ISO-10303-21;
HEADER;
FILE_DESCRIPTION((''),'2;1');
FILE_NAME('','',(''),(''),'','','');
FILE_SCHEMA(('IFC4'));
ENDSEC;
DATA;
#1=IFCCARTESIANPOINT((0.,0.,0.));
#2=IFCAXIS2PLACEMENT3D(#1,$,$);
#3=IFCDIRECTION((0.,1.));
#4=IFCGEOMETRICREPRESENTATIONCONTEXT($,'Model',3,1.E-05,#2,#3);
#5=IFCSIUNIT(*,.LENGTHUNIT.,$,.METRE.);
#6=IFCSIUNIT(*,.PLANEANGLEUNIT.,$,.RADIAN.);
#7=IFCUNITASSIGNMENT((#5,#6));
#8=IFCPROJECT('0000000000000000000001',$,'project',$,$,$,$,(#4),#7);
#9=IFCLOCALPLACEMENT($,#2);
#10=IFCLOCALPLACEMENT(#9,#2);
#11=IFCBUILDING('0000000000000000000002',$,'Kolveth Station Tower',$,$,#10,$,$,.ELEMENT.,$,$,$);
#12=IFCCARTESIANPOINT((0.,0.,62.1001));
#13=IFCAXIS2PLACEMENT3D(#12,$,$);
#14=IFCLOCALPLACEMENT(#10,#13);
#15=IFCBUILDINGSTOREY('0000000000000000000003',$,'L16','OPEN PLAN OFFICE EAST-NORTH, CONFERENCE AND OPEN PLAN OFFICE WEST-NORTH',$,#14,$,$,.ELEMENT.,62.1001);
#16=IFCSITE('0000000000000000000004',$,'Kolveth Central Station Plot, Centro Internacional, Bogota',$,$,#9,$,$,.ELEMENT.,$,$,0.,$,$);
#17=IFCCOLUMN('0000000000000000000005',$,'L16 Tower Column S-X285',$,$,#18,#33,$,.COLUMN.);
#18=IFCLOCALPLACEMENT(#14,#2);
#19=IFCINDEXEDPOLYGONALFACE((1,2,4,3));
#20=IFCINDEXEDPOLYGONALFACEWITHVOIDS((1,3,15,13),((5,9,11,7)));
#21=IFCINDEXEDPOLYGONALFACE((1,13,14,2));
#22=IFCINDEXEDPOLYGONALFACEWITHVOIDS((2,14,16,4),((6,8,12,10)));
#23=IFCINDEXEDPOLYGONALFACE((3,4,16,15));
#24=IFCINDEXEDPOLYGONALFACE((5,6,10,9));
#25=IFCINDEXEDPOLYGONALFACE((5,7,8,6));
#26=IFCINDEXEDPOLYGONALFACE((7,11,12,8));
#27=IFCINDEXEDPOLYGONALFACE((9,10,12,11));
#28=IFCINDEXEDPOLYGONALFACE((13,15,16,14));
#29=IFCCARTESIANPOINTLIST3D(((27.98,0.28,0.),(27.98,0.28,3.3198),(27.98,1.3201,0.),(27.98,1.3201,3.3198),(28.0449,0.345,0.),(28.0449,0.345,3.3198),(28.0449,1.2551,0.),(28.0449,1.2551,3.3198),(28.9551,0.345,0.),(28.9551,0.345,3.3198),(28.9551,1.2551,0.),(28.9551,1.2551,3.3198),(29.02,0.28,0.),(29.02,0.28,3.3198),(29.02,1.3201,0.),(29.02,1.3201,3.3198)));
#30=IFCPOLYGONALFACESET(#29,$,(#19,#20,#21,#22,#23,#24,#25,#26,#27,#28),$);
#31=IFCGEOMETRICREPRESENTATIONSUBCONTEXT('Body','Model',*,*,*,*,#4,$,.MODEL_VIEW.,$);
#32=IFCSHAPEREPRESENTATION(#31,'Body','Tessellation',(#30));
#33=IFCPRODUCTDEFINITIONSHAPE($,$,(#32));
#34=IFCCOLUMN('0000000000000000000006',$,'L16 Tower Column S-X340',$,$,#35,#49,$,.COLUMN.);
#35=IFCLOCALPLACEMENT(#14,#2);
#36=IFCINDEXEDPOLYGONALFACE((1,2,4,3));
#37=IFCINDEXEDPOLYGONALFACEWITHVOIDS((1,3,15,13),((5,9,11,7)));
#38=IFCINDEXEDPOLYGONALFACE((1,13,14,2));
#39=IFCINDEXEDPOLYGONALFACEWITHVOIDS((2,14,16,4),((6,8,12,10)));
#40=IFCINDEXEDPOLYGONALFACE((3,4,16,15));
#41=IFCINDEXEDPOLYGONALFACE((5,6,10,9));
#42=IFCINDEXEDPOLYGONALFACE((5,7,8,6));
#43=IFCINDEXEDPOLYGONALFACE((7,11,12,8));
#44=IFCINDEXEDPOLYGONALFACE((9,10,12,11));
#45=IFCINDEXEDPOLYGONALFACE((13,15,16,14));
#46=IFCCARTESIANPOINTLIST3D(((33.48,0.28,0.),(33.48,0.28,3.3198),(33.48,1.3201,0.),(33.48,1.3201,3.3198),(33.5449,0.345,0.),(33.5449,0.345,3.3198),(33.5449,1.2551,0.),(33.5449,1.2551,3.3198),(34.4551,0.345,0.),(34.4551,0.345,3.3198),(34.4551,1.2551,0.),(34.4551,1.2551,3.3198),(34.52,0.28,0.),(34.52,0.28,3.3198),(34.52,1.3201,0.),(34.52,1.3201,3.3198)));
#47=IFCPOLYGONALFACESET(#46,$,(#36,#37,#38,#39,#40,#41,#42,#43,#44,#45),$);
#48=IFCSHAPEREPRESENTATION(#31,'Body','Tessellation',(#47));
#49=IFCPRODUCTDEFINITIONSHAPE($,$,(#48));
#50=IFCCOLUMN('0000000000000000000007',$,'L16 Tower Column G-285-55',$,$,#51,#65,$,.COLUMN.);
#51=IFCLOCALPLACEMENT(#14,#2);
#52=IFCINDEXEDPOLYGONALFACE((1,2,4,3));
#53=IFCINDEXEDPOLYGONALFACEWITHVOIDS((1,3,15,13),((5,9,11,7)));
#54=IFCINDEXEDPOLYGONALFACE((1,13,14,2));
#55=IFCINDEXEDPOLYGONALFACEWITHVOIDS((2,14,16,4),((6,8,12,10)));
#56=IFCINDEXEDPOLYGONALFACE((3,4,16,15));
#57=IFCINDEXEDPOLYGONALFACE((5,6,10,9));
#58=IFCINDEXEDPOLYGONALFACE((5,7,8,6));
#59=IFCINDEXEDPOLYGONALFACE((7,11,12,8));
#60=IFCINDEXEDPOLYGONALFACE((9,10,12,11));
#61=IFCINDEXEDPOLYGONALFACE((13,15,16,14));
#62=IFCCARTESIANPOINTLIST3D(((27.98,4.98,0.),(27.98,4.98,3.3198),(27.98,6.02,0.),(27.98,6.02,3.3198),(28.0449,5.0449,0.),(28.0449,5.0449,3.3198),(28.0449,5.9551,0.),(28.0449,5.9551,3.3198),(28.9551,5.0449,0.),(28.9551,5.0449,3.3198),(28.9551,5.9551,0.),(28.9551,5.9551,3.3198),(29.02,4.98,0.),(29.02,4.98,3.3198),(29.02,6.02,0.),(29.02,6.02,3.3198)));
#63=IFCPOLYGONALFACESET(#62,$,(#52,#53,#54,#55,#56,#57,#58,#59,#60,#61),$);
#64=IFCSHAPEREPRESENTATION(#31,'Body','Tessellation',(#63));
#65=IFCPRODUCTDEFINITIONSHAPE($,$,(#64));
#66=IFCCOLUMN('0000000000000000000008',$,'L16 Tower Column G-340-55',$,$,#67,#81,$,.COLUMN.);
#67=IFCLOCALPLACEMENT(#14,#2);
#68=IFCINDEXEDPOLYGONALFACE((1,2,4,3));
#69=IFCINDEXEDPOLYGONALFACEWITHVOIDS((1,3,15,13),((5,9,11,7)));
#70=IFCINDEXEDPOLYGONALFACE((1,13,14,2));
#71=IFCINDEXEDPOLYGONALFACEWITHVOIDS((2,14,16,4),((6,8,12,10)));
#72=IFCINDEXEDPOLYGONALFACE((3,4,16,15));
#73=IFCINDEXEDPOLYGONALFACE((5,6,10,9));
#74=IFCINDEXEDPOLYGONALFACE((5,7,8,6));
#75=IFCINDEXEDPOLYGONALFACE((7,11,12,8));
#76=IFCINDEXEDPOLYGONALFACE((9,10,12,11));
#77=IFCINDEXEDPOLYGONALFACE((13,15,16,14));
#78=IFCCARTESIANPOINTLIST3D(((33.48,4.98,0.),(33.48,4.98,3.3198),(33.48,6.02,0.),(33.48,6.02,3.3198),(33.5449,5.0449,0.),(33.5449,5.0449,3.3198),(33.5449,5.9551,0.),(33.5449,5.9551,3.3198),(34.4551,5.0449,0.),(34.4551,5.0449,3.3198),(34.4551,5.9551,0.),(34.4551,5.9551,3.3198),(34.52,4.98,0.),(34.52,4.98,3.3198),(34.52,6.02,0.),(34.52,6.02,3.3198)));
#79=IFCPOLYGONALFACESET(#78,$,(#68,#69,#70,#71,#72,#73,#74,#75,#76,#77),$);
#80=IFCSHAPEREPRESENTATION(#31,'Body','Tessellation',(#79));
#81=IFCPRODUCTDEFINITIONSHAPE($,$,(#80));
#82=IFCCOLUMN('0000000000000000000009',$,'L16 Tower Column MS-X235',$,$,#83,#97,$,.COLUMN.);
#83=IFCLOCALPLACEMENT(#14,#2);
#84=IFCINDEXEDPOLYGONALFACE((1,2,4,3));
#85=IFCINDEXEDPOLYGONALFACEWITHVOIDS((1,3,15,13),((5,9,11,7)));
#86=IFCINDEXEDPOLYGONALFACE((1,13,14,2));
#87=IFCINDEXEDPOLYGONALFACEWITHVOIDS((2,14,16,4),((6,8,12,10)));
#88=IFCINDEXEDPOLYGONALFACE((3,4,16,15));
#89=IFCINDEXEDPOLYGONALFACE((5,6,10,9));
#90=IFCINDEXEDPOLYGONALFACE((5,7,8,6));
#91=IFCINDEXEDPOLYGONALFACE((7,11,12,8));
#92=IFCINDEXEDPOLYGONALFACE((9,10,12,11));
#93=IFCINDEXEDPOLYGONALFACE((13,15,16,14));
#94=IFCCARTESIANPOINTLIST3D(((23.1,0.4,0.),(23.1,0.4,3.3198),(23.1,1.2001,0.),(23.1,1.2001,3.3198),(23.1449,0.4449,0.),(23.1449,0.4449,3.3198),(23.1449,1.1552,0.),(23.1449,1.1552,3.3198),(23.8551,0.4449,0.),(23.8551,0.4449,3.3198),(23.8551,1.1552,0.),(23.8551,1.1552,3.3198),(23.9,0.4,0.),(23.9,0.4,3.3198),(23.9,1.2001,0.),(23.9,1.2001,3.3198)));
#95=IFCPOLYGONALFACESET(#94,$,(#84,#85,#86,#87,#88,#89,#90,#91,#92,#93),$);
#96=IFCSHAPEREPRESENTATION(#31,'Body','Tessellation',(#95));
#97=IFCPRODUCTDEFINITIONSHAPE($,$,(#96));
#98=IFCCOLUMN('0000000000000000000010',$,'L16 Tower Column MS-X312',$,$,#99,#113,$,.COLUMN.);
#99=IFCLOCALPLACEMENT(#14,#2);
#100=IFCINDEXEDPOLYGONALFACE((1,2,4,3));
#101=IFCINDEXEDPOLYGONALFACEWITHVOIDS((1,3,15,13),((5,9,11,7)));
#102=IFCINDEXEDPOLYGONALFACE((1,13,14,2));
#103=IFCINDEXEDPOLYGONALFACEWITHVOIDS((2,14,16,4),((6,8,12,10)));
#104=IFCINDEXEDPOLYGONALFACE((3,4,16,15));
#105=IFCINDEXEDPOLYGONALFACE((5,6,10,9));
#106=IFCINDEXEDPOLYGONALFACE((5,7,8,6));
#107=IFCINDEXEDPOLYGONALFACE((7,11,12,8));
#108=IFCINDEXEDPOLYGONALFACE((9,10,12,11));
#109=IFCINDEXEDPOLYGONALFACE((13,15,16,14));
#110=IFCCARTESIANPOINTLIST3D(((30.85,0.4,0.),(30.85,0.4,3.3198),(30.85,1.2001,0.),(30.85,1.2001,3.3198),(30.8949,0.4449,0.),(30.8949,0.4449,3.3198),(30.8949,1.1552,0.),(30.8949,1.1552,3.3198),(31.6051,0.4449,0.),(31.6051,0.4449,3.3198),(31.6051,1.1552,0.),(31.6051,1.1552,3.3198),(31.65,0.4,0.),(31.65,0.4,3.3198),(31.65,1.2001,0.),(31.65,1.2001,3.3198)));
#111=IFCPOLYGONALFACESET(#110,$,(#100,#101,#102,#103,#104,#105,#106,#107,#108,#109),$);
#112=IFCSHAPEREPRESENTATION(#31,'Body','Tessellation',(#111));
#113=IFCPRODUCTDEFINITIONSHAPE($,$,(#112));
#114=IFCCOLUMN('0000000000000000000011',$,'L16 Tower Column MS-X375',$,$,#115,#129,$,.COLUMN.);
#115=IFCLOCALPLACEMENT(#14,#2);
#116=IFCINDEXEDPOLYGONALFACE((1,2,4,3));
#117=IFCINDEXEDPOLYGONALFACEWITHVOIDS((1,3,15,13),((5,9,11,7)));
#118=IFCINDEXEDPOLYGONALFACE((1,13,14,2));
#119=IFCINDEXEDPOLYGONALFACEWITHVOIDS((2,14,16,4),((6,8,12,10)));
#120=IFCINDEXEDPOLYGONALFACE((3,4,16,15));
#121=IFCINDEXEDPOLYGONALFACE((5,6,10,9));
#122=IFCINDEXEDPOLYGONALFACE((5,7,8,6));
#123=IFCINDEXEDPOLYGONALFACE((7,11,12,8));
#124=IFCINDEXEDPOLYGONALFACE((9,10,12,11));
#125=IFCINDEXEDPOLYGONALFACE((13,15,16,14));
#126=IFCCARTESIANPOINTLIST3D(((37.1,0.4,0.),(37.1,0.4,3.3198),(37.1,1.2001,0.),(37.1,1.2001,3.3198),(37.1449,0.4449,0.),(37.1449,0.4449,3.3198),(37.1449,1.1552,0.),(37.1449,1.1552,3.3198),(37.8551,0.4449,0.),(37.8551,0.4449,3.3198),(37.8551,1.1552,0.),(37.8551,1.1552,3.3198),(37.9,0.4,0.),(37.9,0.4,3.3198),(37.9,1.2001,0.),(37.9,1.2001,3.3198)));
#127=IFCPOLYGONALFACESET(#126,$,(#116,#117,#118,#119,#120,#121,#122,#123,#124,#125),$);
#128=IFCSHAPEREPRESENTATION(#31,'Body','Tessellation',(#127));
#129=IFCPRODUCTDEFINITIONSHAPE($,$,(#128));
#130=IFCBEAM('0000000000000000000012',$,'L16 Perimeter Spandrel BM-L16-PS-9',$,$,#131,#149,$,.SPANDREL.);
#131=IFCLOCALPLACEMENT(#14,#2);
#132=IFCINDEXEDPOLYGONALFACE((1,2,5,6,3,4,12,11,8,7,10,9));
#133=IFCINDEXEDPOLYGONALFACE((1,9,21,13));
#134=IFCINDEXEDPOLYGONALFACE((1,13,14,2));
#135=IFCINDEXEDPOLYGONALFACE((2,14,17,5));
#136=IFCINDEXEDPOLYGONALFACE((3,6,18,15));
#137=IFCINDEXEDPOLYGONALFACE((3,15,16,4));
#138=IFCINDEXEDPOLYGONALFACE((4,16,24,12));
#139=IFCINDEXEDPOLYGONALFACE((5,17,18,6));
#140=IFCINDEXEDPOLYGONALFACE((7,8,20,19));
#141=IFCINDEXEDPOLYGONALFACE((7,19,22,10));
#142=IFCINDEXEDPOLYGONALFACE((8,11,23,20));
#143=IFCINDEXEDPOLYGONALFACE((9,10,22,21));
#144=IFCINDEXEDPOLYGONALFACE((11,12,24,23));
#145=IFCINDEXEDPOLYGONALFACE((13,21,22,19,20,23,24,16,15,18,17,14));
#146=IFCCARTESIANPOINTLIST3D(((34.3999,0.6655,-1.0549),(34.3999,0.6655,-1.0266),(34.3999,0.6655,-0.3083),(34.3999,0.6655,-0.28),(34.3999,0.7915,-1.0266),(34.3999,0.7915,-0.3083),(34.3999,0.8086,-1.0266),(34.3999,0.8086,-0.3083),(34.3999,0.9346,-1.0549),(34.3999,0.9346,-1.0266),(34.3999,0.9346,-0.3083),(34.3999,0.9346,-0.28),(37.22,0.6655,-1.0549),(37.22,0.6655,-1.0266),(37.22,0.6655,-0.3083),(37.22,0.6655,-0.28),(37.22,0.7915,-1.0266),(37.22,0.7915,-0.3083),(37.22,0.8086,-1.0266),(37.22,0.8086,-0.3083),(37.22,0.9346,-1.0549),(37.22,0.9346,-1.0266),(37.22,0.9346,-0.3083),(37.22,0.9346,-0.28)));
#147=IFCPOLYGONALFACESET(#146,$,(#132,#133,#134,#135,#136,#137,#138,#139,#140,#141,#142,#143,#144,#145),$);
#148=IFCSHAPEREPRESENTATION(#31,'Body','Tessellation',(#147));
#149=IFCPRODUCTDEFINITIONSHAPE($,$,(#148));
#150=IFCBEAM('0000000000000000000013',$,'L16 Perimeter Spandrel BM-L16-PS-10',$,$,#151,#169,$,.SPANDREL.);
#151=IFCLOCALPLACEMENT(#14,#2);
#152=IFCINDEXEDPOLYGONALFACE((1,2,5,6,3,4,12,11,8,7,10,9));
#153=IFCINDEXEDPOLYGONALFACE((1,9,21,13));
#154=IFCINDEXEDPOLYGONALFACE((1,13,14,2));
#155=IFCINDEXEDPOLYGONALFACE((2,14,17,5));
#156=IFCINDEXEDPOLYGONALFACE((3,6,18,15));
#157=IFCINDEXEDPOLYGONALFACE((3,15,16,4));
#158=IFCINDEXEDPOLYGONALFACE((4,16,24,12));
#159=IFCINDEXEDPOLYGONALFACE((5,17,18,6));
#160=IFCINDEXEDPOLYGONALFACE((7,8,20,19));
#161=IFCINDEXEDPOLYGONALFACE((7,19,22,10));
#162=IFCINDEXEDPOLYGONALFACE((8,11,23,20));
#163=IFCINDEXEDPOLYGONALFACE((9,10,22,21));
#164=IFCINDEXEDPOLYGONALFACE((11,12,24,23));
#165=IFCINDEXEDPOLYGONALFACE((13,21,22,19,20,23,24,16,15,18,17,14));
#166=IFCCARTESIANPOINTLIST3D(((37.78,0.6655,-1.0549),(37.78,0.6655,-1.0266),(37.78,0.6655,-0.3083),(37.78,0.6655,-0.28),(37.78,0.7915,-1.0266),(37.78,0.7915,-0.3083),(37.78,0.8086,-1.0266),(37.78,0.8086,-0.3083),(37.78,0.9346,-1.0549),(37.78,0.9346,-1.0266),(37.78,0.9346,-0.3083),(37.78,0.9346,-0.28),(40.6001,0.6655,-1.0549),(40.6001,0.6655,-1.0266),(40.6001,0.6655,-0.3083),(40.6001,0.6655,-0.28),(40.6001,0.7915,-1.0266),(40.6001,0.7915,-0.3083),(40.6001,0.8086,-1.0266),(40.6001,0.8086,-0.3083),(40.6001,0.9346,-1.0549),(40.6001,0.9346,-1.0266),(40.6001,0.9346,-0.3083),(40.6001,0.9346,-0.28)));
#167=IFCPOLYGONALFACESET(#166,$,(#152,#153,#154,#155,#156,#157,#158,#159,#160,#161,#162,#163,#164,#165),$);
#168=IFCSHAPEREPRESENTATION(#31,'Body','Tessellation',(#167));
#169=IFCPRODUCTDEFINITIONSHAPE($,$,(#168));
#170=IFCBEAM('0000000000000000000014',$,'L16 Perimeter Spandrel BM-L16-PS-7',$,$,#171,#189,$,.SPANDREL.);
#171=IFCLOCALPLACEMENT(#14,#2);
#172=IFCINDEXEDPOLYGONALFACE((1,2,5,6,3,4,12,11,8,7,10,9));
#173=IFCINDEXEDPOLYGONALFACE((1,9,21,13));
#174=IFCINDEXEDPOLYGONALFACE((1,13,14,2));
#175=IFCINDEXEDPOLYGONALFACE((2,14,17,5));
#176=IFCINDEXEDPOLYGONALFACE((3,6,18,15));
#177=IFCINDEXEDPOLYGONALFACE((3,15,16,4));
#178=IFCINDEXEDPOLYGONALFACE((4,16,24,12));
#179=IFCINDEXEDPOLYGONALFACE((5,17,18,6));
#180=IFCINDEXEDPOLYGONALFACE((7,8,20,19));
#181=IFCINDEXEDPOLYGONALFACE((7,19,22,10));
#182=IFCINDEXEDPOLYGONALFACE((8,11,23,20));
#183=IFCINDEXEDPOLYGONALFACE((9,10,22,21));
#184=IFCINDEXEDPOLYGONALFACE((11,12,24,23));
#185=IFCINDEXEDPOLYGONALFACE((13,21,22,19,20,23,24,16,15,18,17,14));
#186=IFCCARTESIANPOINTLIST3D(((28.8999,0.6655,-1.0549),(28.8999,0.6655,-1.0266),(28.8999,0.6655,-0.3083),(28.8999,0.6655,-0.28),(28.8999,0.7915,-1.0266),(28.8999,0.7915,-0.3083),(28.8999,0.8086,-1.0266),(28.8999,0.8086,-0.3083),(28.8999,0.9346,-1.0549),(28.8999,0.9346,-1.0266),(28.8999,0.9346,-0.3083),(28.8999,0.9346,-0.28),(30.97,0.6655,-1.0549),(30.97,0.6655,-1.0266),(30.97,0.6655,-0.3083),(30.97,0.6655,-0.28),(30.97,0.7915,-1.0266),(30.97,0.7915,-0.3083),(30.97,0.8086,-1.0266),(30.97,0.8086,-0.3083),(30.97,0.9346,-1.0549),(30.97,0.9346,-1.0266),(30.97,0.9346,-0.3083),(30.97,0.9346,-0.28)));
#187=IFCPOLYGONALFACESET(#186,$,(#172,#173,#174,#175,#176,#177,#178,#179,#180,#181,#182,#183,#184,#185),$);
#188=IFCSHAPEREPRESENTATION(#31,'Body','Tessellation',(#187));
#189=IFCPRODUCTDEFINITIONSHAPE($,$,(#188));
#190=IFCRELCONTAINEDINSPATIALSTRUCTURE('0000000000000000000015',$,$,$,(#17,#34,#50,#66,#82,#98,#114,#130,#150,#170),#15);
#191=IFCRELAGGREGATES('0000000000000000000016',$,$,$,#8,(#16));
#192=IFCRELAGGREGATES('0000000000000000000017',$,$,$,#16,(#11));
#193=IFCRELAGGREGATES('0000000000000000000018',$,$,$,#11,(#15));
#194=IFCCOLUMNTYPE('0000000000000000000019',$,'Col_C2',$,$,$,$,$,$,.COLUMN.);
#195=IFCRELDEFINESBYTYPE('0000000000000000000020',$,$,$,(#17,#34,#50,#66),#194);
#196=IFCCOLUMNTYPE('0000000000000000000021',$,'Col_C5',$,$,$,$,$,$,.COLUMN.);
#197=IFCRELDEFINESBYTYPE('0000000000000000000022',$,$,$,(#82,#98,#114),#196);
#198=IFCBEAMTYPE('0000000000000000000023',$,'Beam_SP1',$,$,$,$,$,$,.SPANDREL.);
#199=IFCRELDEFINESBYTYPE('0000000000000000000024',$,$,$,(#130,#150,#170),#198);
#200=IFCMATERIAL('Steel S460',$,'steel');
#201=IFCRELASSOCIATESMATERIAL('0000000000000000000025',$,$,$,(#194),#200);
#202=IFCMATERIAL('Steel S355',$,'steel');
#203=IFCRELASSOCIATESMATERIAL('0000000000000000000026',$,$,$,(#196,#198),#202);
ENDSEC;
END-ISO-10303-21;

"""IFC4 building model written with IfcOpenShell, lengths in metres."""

from ifc_helpers import new_model, si_unit, direction, frame, origin, origin_2d, place, context, subcontext, project, spatial, hollow_rectangle, i_section, extrude, source, transform, mapped, material, material_profile, profile_set, type_object, element, save


model = new_model("IFC4")

# Units and contexts
model_context = context("Model", 3, precision=1e-05, world=origin(), true_north=direction((0.0, 1.0)))
body_context = subcontext(model_context, "Body", "Model", "MODEL_VIEW")
ifc_project = project(units=[si_unit("LENGTHUNIT", "METRE"), si_unit("PLANEANGLEUNIT", "RADIAN")], contexts=[model_context])

# Site, building, storey
site_placement = place(None, origin())
site = spatial("IfcSite", under=ifc_project, at=site_placement, Name="Kolveth Central Station Plot, Centro Internacional, Bogota", CompositionType="ELEMENT", RefElevation=0.0)
building_placement = place(site_placement, origin())
building = spatial("IfcBuilding", under=site, at=building_placement, Name="Kolveth Station Tower", CompositionType="ELEMENT")
storey_placement = place(building_placement, frame((0.0, 0.0, 62.1001)))
storey = spatial("IfcBuildingStorey", under=building, at=storey_placement, Name="L16", Description="OPEN PLAN OFFICE EAST-NORTH, CONFERENCE AND OPEN PLAN OFFICE WEST-NORTH", CompositionType="ELEMENT", Elevation=62.1001)

# Columns
ifc_material_1 = material(Name="Steel S460", Category="steel")
ifc_material_profile_1 = material_profile(ifc_material_1, hollow_rectangle(XDim=1.04, YDim=1.04, WallThickness=0.0649, at=origin_2d()), Name="BOX1040x1040x65")
ifc_profile_set_1 = profile_set([ifc_material_profile_1], Name="Steel S460")
column_type_1 = type_object("IfcColumnType", Name="Col_C2", PredefinedType="COLUMN", material=ifc_profile_set_1)
shared_shape_1 = source(origin(), body_context, "Body", "SweptSolid", [
    extrude(hollow_rectangle(XDim=1.04, YDim=1.04, WallThickness=0.0649, at=origin_2d()), origin(), (0.0, 0.0, 1.0), 3.3198),
])
for number, where, z_axis, x_axis, name in (
    (1, (28.5, 0.8, 0.0), (0.0, 0.0, 1.0), (1.0, 0.0, 0.0), "L16 Tower Column S-X285"),
    (2, (34.0, 0.8, 0.0), (0.0, 0.0, 1.0), (1.0, 0.0, 0.0), "L16 Tower Column S-X340"),
    (3, (28.5, 5.5, 0.0), (0.0, 0.0, 1.0), (1.0, 0.0, 0.0), "L16 Tower Column G-285-55"),
    (4, (34.0, 5.5, 0.0), (0.0, 0.0, 1.0), (1.0, 0.0, 0.0), "L16 Tower Column G-340-55"),
):
    element("IfcColumn", number, at=place(storey_placement, frame(where, z_axis=z_axis, x_axis=x_axis)), inside=storey, type_object=column_type_1, Name=name, PredefinedType="COLUMN", context=body_context, shape_type="MappedRepresentation", body=[
        mapped(shared_shape_1, transform((0.0, 0.0, 0.0), x_axis=(1.0, 0.0, 0.0), y_axis=(0.0, 1.0, 0.0), z_axis=(0.0, 0.0, 1.0), scale=1.0)),
    ])
ifc_material_2 = material(Name="Steel S355", Category="steel")
ifc_material_profile_2 = material_profile(ifc_material_2, hollow_rectangle(XDim=0.8, YDim=0.8, WallThickness=0.0449, at=origin_2d()), Name="BOX800x800x45")
ifc_profile_set_2 = profile_set([ifc_material_profile_2], Name="Steel S355")
column_type_2 = type_object("IfcColumnType", Name="Col_C5", PredefinedType="COLUMN", material=ifc_profile_set_2)
shared_shape_2 = source(origin(), body_context, "Body", "SweptSolid", [
    extrude(hollow_rectangle(XDim=0.8, YDim=0.8, WallThickness=0.0449, at=origin_2d()), origin(), (0.0, 0.0, 1.0), 3.3198),
])
for number, where, z_axis, x_axis, name in (
    (5, (23.5, 0.8, 0.0), (0.0, 0.0, 1.0), (1.0, 0.0, 0.0), "L16 Tower Column MS-X235"),
    (6, (31.25, 0.8, 0.0), (0.0, 0.0, 1.0), (1.0, 0.0, 0.0), "L16 Tower Column MS-X312"),
    (7, (37.5, 0.8, 0.0), (0.0, 0.0, 1.0), (1.0, 0.0, 0.0), "L16 Tower Column MS-X375"),
):
    element("IfcColumn", number, at=place(storey_placement, frame(where, z_axis=z_axis, x_axis=x_axis)), inside=storey, type_object=column_type_2, Name=name, PredefinedType="COLUMN", context=body_context, shape_type="MappedRepresentation", body=[
        mapped(shared_shape_2, transform((0.0, 0.0, 0.0), x_axis=(1.0, 0.0, 0.0), y_axis=(0.0, 1.0, 0.0), z_axis=(0.0, 0.0, 1.0), scale=1.0)),
    ])

# Beams
ifc_material_profile_3 = material_profile(ifc_material_2, i_section(OverallWidth=0.269, OverallDepth=0.7749, WebThickness=0.0171, FlangeThickness=0.0283, at=origin_2d()), Name="W760x220")
ifc_profile_set_3 = profile_set([ifc_material_profile_3], Name="Steel S355")
beam_type_1 = type_object("IfcBeamType", Name="Beam_SP1", PredefinedType="SPANDREL", material=ifc_profile_set_3)
shared_shape_3 = source(origin(), body_context, "Body", "SweptSolid", [
    extrude(i_section(OverallWidth=0.269, OverallDepth=0.7749, WebThickness=0.0171, FlangeThickness=0.0283, at=origin_2d()), origin(), (0.0, 0.0, 1.0), 2.8201),
])
for number, where, z_axis, x_axis, name in (
    (8, (34.3999, 0.8, -0.6675), (1.0, 0.0, 0.0), (0.0, 1.0, 0.0), "L16 Perimeter Spandrel BM-L16-PS-9"),
    (9, (37.78, 0.8, -0.6675), (1.0, 0.0, 0.0), (0.0, 1.0, 0.0), "L16 Perimeter Spandrel BM-L16-PS-10"),
):
    element("IfcBeam", number, at=place(storey_placement, frame(where, z_axis=z_axis, x_axis=x_axis)), inside=storey, type_object=beam_type_1, Name=name, PredefinedType="SPANDREL", context=body_context, shape_type="MappedRepresentation", body=[
        mapped(shared_shape_3, transform((0.0, 0.0, 0.0), x_axis=(1.0, 0.0, 0.0), y_axis=(0.0, 1.0, 0.0), z_axis=(0.0, 0.0, 1.0), scale=1.0)),
    ])
shared_shape_4 = source(origin(), body_context, "Body", "SweptSolid", [
    extrude(i_section(OverallWidth=0.269, OverallDepth=0.7749, WebThickness=0.0171, FlangeThickness=0.0283, at=origin_2d()), origin(), (0.0, 0.0, 1.0), 2.0701),
])
for number, where, z_axis, x_axis, name in (
    (10, (28.8999, 0.8, -0.6675), (1.0, 0.0, 0.0), (0.0, 1.0, 0.0), "L16 Perimeter Spandrel BM-L16-PS-7"),
):
    element("IfcBeam", number, at=place(storey_placement, frame(where, z_axis=z_axis, x_axis=x_axis)), inside=storey, type_object=beam_type_1, Name=name, PredefinedType="SPANDREL", context=body_context, shape_type="MappedRepresentation", body=[
        mapped(shared_shape_4, transform((0.0, 0.0, 0.0), x_axis=(1.0, 0.0, 0.0), y_axis=(0.0, 1.0, 0.0), z_axis=(0.0, 0.0, 1.0), scale=1.0)),
    ])

save(model, "model.ifc")
